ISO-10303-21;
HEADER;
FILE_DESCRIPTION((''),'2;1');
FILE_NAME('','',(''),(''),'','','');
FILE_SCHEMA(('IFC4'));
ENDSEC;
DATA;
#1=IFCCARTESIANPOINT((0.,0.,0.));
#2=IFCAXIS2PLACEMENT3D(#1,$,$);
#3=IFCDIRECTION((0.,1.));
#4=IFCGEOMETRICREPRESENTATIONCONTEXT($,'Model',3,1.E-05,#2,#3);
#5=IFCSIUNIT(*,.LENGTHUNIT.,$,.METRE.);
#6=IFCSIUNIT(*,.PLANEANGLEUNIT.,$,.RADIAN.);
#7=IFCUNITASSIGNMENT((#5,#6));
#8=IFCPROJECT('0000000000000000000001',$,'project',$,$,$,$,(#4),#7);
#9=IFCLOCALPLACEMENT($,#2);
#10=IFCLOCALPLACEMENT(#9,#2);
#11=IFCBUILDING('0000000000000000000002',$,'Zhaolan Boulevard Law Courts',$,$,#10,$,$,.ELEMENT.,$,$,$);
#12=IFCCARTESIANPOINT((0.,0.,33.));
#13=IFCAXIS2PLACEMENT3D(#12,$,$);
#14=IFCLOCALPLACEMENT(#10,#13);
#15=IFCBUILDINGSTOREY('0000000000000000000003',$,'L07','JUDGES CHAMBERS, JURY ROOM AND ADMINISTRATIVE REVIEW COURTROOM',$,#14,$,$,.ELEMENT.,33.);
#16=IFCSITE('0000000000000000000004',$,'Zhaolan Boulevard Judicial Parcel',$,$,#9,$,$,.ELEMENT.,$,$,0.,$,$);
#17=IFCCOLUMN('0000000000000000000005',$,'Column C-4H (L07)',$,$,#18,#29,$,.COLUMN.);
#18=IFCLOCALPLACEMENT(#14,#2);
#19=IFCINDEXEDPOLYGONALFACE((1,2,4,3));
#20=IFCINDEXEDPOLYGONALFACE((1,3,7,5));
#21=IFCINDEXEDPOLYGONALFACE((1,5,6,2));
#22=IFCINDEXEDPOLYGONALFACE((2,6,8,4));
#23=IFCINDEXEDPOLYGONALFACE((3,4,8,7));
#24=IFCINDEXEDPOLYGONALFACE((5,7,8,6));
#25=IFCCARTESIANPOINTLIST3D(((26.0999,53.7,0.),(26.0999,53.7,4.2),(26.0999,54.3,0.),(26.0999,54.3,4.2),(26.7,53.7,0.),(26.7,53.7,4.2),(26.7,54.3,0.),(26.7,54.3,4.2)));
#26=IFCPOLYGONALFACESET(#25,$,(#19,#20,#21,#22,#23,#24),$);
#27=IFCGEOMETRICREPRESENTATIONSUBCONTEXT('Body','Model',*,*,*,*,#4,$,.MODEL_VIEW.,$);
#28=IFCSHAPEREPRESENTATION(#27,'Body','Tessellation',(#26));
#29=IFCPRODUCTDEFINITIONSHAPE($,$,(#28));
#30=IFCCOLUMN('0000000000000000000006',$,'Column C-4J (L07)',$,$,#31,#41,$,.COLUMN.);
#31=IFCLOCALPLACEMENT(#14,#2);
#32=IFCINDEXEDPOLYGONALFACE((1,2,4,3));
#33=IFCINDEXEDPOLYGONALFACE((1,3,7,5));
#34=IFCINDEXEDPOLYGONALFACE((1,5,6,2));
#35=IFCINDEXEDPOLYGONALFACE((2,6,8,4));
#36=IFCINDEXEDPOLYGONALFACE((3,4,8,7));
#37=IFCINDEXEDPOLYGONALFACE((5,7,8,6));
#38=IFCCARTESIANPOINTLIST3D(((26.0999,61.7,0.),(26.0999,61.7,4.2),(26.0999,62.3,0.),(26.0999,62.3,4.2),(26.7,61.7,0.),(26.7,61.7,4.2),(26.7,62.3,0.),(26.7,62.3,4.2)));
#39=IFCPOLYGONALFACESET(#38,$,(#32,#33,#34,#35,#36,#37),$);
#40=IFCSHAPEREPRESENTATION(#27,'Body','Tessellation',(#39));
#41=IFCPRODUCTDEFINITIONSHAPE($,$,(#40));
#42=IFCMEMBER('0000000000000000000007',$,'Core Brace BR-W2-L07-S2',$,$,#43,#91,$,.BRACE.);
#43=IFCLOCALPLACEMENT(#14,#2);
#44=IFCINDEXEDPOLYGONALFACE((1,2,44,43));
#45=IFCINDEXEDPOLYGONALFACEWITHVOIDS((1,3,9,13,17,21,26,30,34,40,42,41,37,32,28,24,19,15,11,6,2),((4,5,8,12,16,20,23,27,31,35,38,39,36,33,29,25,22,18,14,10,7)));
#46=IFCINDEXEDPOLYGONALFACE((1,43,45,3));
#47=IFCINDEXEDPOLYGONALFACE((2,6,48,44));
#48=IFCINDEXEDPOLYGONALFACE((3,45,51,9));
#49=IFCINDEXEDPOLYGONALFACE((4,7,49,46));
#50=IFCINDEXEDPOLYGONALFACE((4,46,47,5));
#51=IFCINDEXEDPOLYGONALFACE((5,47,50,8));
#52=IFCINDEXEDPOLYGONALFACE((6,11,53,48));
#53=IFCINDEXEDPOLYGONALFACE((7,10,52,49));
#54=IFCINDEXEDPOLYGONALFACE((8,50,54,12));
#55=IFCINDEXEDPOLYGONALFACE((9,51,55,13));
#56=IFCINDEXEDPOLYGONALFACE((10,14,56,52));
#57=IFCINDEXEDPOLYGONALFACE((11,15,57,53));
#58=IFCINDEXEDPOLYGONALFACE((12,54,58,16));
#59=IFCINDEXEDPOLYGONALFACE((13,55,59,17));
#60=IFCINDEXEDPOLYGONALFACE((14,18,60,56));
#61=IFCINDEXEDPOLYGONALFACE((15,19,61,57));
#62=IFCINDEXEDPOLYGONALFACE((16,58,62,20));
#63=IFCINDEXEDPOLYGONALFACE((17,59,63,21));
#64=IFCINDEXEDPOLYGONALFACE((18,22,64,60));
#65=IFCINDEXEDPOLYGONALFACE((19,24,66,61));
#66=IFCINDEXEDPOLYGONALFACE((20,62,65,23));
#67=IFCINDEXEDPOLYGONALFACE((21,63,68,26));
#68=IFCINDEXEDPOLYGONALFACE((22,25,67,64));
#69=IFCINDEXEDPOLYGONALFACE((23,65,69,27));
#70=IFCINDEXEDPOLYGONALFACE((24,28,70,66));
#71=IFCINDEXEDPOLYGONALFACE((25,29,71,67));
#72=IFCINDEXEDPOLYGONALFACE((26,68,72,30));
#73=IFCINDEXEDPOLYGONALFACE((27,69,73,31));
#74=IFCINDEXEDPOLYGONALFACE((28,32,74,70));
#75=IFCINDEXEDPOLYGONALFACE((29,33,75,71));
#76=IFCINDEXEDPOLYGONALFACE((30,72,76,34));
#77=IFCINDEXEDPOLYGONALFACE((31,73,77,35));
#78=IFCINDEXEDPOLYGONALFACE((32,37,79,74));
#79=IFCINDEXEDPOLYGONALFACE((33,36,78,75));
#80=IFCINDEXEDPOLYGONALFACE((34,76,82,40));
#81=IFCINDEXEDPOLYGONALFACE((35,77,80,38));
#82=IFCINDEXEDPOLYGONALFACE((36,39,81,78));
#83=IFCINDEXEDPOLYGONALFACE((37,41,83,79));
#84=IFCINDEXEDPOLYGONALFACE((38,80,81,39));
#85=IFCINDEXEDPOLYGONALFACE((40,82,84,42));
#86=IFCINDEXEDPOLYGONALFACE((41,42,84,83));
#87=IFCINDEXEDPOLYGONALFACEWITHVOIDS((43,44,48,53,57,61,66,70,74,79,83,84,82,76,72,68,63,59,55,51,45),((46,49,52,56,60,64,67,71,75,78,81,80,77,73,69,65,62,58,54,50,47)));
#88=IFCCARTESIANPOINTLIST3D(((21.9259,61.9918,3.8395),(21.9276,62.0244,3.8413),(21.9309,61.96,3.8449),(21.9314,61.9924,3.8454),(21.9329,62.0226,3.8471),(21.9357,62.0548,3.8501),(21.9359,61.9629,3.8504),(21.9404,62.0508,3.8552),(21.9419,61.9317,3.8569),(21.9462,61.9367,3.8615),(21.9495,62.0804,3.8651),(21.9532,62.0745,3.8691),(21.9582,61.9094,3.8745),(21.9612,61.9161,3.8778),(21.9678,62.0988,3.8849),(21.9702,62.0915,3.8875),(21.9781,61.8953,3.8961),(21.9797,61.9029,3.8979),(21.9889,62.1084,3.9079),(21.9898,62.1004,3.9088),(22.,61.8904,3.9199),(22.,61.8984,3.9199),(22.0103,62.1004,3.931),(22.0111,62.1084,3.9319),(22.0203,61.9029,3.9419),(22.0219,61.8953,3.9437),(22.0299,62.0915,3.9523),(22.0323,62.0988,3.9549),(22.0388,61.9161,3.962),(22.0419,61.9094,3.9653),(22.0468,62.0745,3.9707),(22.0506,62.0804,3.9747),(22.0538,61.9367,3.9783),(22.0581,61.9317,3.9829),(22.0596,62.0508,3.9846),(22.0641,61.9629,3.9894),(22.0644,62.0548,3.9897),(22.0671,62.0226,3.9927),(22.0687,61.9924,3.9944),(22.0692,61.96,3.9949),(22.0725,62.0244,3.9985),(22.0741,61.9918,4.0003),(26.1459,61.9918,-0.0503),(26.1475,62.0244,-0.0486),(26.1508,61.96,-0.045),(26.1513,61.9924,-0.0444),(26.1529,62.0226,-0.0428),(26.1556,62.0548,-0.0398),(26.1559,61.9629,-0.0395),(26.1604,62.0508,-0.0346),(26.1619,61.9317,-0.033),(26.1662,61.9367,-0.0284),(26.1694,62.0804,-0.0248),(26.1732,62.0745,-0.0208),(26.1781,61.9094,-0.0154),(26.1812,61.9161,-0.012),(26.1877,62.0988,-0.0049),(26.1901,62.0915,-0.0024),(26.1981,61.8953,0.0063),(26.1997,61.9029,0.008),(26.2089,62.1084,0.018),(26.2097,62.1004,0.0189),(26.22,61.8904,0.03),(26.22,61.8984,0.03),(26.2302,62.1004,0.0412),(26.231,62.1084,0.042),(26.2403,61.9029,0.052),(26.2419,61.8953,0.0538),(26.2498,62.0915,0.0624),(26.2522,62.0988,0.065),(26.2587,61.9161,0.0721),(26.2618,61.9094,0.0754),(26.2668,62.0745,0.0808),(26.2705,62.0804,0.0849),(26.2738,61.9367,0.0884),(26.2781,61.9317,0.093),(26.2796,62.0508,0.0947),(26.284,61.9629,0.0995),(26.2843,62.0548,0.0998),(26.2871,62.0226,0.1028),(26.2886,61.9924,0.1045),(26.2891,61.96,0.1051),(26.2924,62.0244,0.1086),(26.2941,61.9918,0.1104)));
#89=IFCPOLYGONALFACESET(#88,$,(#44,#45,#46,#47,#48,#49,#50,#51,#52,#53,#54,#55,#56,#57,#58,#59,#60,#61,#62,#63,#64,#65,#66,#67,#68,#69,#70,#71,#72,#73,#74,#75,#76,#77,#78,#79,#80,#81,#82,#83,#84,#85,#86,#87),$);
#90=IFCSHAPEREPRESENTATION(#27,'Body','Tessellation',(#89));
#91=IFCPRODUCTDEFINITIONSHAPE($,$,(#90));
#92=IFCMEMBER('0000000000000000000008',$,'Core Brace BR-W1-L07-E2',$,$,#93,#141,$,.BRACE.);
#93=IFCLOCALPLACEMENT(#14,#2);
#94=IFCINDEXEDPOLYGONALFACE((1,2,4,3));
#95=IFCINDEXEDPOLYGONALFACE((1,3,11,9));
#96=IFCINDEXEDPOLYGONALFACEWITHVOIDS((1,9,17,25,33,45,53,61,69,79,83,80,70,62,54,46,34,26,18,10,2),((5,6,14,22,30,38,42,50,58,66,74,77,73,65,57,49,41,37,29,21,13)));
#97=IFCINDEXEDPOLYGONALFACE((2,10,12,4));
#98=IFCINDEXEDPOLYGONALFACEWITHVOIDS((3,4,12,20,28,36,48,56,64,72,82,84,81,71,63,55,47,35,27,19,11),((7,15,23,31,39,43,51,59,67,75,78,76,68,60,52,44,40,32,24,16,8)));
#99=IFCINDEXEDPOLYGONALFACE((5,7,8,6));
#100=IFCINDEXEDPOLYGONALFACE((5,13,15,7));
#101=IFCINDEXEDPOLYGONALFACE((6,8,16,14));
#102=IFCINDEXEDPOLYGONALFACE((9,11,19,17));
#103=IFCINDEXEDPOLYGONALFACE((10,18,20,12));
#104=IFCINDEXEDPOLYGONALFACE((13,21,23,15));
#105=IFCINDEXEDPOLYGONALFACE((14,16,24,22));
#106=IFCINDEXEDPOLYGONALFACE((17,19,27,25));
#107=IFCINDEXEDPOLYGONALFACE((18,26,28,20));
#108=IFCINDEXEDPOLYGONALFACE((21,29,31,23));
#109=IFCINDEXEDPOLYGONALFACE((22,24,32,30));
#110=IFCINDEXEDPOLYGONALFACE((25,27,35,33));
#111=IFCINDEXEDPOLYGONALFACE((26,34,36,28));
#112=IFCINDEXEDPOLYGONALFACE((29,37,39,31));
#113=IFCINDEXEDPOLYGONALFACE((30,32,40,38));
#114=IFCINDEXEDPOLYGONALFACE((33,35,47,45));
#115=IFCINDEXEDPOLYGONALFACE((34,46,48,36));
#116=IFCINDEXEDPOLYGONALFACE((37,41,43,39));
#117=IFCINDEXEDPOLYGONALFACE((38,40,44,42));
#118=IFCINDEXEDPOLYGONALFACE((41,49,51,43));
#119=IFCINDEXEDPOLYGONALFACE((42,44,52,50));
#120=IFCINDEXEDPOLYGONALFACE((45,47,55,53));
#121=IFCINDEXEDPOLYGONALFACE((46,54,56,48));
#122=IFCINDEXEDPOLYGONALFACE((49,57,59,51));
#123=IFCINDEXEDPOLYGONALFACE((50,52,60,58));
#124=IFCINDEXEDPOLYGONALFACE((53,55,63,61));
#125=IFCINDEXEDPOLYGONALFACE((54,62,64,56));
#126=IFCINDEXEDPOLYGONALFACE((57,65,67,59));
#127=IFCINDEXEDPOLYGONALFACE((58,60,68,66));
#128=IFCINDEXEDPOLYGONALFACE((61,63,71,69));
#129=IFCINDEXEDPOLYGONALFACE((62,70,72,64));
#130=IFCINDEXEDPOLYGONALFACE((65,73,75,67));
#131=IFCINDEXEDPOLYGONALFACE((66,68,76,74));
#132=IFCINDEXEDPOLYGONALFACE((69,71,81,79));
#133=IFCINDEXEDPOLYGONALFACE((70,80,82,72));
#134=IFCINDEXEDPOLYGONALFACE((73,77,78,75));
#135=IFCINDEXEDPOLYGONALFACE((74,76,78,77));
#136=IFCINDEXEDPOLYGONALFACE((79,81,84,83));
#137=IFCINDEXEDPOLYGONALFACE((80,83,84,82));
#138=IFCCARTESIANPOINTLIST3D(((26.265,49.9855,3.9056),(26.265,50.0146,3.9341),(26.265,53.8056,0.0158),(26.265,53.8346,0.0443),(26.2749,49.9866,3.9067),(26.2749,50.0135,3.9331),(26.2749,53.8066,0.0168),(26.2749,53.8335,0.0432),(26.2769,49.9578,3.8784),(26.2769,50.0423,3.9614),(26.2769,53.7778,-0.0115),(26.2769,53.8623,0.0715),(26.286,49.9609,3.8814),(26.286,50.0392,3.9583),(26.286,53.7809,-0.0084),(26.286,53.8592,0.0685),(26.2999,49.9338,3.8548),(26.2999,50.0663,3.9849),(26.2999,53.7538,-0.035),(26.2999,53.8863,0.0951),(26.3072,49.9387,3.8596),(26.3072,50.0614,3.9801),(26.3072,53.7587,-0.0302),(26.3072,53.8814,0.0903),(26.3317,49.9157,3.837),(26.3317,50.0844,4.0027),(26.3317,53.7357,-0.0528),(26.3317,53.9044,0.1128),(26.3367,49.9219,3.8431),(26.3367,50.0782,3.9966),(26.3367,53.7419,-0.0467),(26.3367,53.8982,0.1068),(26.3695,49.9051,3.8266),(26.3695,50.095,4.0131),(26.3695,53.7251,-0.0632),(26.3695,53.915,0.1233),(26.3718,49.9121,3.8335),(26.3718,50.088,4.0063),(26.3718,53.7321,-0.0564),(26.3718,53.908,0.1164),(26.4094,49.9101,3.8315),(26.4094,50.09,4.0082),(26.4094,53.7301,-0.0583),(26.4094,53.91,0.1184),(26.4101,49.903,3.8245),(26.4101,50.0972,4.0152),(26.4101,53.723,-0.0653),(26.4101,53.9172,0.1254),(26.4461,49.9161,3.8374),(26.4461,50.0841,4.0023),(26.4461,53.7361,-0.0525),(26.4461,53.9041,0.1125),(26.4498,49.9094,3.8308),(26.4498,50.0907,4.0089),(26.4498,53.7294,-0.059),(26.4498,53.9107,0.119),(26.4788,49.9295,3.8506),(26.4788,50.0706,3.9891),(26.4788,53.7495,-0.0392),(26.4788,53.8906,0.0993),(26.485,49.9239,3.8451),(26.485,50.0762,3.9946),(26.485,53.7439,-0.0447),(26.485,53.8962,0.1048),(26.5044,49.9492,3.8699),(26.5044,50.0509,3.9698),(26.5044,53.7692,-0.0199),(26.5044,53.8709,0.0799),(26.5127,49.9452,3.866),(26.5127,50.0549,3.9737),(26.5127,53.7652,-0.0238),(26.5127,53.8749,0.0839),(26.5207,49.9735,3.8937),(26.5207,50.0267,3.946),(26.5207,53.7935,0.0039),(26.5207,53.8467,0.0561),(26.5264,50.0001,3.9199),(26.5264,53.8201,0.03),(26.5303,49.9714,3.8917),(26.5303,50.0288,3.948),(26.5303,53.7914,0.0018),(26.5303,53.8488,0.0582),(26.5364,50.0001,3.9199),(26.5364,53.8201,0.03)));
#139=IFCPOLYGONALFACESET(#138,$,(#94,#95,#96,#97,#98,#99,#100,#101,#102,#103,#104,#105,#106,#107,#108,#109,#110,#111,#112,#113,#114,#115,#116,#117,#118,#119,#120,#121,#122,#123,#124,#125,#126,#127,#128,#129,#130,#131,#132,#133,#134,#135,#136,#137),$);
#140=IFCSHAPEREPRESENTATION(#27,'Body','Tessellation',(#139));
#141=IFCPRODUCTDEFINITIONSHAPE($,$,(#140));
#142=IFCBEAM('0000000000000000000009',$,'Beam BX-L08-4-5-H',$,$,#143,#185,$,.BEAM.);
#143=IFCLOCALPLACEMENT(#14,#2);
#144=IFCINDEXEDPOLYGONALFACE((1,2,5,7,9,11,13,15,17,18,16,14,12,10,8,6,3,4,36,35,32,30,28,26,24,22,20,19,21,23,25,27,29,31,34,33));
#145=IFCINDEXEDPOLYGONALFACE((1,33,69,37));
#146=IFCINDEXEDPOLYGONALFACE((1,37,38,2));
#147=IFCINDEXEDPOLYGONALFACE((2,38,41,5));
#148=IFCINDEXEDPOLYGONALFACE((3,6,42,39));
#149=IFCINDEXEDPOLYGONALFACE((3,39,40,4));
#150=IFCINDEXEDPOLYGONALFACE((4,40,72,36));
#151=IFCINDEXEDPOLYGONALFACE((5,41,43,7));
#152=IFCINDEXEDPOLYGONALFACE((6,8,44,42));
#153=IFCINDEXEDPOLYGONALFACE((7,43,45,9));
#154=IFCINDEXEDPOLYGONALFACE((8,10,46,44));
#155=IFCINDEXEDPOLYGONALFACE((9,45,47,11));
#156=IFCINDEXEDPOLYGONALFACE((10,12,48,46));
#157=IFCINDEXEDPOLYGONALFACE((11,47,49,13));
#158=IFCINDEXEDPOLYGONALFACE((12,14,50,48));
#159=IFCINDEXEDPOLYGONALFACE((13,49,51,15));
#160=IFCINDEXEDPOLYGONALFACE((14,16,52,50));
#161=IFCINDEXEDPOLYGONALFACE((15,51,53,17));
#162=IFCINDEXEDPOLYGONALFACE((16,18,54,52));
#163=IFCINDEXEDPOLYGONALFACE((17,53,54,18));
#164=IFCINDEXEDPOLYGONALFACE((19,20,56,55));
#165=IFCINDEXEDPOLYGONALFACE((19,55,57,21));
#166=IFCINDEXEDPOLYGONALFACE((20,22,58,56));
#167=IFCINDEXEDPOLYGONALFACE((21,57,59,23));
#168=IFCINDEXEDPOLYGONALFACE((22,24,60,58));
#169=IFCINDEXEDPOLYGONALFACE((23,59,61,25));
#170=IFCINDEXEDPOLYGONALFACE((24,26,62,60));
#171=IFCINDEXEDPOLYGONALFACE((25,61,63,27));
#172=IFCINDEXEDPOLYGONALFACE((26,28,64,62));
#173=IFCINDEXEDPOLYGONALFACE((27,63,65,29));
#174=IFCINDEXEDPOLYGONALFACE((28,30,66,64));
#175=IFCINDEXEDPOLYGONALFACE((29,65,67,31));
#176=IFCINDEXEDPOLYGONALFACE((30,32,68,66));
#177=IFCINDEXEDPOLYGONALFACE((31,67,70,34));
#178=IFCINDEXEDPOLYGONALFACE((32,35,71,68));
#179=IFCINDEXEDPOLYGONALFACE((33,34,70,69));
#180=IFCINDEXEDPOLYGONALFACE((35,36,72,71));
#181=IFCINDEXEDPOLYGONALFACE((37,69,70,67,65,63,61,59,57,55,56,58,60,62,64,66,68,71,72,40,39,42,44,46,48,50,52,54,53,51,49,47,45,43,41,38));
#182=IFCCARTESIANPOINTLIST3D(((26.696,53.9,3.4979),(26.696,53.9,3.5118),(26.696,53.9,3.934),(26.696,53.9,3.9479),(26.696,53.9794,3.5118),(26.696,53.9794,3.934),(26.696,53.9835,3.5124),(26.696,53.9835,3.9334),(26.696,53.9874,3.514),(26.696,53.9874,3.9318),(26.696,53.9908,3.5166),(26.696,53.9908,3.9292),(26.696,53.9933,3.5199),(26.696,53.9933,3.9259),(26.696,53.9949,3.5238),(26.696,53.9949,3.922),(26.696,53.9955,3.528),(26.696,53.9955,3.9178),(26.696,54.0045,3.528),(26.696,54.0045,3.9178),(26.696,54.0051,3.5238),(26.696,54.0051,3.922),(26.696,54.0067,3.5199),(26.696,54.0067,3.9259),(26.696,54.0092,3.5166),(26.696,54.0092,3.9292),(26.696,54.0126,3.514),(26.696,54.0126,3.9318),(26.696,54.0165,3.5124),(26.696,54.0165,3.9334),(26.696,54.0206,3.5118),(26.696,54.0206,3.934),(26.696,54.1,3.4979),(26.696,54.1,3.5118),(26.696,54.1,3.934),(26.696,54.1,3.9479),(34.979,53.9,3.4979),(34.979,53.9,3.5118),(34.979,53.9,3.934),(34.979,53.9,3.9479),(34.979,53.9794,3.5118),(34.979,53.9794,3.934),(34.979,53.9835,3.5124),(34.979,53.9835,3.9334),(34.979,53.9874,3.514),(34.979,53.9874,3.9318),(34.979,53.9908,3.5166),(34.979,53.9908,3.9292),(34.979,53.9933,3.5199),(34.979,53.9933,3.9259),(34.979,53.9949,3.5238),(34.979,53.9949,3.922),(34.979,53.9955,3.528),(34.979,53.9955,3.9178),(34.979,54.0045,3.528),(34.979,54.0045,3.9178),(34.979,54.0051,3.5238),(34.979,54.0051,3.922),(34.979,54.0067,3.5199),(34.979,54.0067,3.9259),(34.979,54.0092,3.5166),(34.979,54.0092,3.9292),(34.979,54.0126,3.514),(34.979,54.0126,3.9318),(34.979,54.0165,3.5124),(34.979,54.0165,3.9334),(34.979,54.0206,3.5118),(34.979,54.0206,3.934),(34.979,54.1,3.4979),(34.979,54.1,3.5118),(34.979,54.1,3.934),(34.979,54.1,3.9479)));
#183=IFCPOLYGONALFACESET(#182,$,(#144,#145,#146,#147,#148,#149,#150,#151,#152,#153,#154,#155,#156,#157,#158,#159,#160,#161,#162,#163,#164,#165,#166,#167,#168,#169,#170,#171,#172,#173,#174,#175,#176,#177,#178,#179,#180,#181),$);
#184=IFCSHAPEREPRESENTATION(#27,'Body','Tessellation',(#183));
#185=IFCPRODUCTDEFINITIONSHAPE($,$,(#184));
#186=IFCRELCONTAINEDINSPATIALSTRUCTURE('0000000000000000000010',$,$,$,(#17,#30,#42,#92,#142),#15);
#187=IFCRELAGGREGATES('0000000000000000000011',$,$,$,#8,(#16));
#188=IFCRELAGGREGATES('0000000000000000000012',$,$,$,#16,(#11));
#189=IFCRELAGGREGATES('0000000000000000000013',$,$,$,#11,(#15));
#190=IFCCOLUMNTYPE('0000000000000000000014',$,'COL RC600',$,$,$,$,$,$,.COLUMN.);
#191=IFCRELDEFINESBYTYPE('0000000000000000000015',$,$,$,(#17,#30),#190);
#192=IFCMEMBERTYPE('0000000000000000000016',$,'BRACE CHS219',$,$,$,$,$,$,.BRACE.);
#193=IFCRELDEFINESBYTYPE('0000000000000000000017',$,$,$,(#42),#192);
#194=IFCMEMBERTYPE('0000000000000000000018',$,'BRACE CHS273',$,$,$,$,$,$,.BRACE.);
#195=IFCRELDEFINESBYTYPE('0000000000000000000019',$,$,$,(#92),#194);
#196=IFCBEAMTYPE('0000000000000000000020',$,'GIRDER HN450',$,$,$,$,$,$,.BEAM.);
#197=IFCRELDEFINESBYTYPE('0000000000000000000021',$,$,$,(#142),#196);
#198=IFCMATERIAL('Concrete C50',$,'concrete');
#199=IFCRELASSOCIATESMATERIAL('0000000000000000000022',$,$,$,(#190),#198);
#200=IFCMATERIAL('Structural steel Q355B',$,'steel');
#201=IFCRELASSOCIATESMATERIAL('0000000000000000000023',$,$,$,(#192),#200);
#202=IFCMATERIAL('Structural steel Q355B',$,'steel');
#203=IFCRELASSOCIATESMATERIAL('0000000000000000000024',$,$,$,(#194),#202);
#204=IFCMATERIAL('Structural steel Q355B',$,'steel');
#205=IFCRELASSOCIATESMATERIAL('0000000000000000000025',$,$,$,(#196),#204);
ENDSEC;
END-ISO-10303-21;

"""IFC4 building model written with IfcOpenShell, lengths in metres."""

from ifc_helpers import new_model, si_unit, direction, frame, origin, origin_2d, place, context, subcontext, project, spatial, rectangle, hollow_circle, i_section, extrude, material, material_profile, profile_set, type_object, element, save


model = new_model("IFC4")

# Units and contexts
model_context = context("Model", 3, precision=1e-05, world=origin(), true_north=direction((0.0, 1.0)))
body_context = subcontext(model_context, "Body", "Model", "MODEL_VIEW")
ifc_project = project(units=[si_unit("LENGTHUNIT", "METRE"), si_unit("PLANEANGLEUNIT", "RADIAN")], contexts=[model_context])

# Site, building, storey
site_placement = place(None, origin())
site = spatial("IfcSite", under=ifc_project, at=site_placement, Name="Zhaolan Boulevard Judicial Parcel", CompositionType="ELEMENT", RefElevation=0.0)
building_placement = place(site_placement, origin())
building = spatial("IfcBuilding", under=site, at=building_placement, Name="Zhaolan Boulevard Law Courts", CompositionType="ELEMENT")
storey_placement = place(building_placement, frame((0.0, 0.0, 33.0)))
storey = spatial("IfcBuildingStorey", under=building, at=storey_placement, Name="L07", Description="JUDGES CHAMBERS, JURY ROOM AND ADMINISTRATIVE REVIEW COURTROOM", CompositionType="ELEMENT", Elevation=33.0)

# Columns
ifc_material_1 = material(Name="Concrete C50", Category="concrete")
ifc_material_profile_1 = material_profile(ifc_material_1, rectangle(XDim=0.6001, YDim=0.6001, at=origin_2d()), Name="RC600x600")
ifc_profile_set_1 = profile_set([ifc_material_profile_1], Name="Concrete C50")
column_type = type_object("IfcColumnType", Name="COL RC600", PredefinedType="COLUMN", material=ifc_profile_set_1)
for number, where, z_axis, x_axis, name in (
    (1, (26.3999, 54.0, 0.0), (0.0, 0.0, 1.0), (1.0, 0.0, 0.0), "Column C-4H (L07)"),
    (2, (26.3999, 62.0, 0.0), (0.0, 0.0, 1.0), (1.0, 0.0, 0.0), "Column C-4J (L07)"),
):
    element("IfcColumn", number, at=place(storey_placement, frame(where, z_axis=z_axis, x_axis=x_axis)), inside=storey, type_object=column_type, Name=name, PredefinedType="COLUMN", context=body_context, shape_type="SweptSolid", body=[
        extrude(rectangle(XDim=0.6001, YDim=0.6001, at=origin_2d()), origin(), (0.0, 0.0, 1.0), 4.2),
    ])

# Members
ifc_material_2 = material(Name="Structural steel Q355B", Category="steel")
ifc_material_profile_2 = material_profile(ifc_material_2, hollow_circle(Radius=0.1096, WallThickness=0.0081, at=origin_2d()), Name="CHS219x8")
ifc_profile_set_2 = profile_set([ifc_material_profile_2], Name="Structural steel Q355B")
member_type_1 = type_object("IfcMemberType", Name="BRACE CHS219", PredefinedType="BRACE", material=ifc_profile_set_2)
member_1_placement = place(storey_placement, frame((26.22, 62.0, 0.03), z_axis=(-0.735278, 0.0, 0.677766), x_axis=(0.0, -1.0, 0.0)))
element("IfcMember", 3, at=member_1_placement, inside=storey, type_object=member_type_1, Name="Core Brace BR-W2-L07-S2", PredefinedType="BRACE", context=body_context, shape_type="SweptSolid", body=[
    extrude(hollow_circle(Radius=0.1096, WallThickness=0.0081, at=origin_2d()), origin(), (0.0, 0.0, 1.0), 5.7393),
])
ifc_material_3 = material(Name="Structural steel Q355B", Category="steel")
ifc_material_profile_3 = material_profile(ifc_material_3, hollow_circle(Radius=0.1365, WallThickness=0.01, at=origin_2d()), Name="CHS273x10")
ifc_profile_set_3 = profile_set([ifc_material_profile_3], Name="Structural steel Q355B")
member_type_2 = type_object("IfcMemberType", Name="BRACE CHS273", PredefinedType="BRACE", material=ifc_profile_set_3)
member_2_placement = place(storey_placement, frame((26.3999, 53.8201, 0.03), z_axis=(0.0, -0.700674, 0.713481), x_axis=(1.0, 0.0, 0.0)))
element("IfcMember", 4, at=member_2_placement, inside=storey, type_object=member_type_2, Name="Core Brace BR-W1-L07-E2", PredefinedType="BRACE", context=body_context, shape_type="SweptSolid", body=[
    extrude(hollow_circle(Radius=0.1365, WallThickness=0.01, at=origin_2d()), origin(), (0.0, 0.0, 1.0), 5.4519),
])

# Beam
ifc_material_4 = material(Name="Structural steel Q355B", Category="steel")
ifc_material_profile_4 = material_profile(ifc_material_4, i_section(OverallWidth=0.2, OverallDepth=0.45, WebThickness=0.009, FlangeThickness=0.0139, FilletRadius=0.0161, at=origin_2d()), Name="HN450x200")
ifc_profile_set_4 = profile_set([ifc_material_profile_4], Name="Structural steel Q355B")
beam_type = type_object("IfcBeamType", Name="GIRDER HN450", PredefinedType="BEAM", material=ifc_profile_set_4)
beam_1_placement = place(storey_placement, frame((26.696, 54.0, 3.7229), z_axis=(1.0, 0.0, 0.0), x_axis=(0.0, 1.0, 0.0)))
element("IfcBeam", 5, at=beam_1_placement, inside=storey, type_object=beam_type, Name="Beam BX-L08-4-5-H", PredefinedType="BEAM", context=body_context, shape_type="SweptSolid", body=[
    extrude(i_section(OverallWidth=0.2, OverallDepth=0.45, WebThickness=0.009, FlangeThickness=0.0139, FilletRadius=0.0161, at=origin_2d()), origin(), (0.0, 0.0, 1.0), 8.283),
])

save(model, "model.ifc")
